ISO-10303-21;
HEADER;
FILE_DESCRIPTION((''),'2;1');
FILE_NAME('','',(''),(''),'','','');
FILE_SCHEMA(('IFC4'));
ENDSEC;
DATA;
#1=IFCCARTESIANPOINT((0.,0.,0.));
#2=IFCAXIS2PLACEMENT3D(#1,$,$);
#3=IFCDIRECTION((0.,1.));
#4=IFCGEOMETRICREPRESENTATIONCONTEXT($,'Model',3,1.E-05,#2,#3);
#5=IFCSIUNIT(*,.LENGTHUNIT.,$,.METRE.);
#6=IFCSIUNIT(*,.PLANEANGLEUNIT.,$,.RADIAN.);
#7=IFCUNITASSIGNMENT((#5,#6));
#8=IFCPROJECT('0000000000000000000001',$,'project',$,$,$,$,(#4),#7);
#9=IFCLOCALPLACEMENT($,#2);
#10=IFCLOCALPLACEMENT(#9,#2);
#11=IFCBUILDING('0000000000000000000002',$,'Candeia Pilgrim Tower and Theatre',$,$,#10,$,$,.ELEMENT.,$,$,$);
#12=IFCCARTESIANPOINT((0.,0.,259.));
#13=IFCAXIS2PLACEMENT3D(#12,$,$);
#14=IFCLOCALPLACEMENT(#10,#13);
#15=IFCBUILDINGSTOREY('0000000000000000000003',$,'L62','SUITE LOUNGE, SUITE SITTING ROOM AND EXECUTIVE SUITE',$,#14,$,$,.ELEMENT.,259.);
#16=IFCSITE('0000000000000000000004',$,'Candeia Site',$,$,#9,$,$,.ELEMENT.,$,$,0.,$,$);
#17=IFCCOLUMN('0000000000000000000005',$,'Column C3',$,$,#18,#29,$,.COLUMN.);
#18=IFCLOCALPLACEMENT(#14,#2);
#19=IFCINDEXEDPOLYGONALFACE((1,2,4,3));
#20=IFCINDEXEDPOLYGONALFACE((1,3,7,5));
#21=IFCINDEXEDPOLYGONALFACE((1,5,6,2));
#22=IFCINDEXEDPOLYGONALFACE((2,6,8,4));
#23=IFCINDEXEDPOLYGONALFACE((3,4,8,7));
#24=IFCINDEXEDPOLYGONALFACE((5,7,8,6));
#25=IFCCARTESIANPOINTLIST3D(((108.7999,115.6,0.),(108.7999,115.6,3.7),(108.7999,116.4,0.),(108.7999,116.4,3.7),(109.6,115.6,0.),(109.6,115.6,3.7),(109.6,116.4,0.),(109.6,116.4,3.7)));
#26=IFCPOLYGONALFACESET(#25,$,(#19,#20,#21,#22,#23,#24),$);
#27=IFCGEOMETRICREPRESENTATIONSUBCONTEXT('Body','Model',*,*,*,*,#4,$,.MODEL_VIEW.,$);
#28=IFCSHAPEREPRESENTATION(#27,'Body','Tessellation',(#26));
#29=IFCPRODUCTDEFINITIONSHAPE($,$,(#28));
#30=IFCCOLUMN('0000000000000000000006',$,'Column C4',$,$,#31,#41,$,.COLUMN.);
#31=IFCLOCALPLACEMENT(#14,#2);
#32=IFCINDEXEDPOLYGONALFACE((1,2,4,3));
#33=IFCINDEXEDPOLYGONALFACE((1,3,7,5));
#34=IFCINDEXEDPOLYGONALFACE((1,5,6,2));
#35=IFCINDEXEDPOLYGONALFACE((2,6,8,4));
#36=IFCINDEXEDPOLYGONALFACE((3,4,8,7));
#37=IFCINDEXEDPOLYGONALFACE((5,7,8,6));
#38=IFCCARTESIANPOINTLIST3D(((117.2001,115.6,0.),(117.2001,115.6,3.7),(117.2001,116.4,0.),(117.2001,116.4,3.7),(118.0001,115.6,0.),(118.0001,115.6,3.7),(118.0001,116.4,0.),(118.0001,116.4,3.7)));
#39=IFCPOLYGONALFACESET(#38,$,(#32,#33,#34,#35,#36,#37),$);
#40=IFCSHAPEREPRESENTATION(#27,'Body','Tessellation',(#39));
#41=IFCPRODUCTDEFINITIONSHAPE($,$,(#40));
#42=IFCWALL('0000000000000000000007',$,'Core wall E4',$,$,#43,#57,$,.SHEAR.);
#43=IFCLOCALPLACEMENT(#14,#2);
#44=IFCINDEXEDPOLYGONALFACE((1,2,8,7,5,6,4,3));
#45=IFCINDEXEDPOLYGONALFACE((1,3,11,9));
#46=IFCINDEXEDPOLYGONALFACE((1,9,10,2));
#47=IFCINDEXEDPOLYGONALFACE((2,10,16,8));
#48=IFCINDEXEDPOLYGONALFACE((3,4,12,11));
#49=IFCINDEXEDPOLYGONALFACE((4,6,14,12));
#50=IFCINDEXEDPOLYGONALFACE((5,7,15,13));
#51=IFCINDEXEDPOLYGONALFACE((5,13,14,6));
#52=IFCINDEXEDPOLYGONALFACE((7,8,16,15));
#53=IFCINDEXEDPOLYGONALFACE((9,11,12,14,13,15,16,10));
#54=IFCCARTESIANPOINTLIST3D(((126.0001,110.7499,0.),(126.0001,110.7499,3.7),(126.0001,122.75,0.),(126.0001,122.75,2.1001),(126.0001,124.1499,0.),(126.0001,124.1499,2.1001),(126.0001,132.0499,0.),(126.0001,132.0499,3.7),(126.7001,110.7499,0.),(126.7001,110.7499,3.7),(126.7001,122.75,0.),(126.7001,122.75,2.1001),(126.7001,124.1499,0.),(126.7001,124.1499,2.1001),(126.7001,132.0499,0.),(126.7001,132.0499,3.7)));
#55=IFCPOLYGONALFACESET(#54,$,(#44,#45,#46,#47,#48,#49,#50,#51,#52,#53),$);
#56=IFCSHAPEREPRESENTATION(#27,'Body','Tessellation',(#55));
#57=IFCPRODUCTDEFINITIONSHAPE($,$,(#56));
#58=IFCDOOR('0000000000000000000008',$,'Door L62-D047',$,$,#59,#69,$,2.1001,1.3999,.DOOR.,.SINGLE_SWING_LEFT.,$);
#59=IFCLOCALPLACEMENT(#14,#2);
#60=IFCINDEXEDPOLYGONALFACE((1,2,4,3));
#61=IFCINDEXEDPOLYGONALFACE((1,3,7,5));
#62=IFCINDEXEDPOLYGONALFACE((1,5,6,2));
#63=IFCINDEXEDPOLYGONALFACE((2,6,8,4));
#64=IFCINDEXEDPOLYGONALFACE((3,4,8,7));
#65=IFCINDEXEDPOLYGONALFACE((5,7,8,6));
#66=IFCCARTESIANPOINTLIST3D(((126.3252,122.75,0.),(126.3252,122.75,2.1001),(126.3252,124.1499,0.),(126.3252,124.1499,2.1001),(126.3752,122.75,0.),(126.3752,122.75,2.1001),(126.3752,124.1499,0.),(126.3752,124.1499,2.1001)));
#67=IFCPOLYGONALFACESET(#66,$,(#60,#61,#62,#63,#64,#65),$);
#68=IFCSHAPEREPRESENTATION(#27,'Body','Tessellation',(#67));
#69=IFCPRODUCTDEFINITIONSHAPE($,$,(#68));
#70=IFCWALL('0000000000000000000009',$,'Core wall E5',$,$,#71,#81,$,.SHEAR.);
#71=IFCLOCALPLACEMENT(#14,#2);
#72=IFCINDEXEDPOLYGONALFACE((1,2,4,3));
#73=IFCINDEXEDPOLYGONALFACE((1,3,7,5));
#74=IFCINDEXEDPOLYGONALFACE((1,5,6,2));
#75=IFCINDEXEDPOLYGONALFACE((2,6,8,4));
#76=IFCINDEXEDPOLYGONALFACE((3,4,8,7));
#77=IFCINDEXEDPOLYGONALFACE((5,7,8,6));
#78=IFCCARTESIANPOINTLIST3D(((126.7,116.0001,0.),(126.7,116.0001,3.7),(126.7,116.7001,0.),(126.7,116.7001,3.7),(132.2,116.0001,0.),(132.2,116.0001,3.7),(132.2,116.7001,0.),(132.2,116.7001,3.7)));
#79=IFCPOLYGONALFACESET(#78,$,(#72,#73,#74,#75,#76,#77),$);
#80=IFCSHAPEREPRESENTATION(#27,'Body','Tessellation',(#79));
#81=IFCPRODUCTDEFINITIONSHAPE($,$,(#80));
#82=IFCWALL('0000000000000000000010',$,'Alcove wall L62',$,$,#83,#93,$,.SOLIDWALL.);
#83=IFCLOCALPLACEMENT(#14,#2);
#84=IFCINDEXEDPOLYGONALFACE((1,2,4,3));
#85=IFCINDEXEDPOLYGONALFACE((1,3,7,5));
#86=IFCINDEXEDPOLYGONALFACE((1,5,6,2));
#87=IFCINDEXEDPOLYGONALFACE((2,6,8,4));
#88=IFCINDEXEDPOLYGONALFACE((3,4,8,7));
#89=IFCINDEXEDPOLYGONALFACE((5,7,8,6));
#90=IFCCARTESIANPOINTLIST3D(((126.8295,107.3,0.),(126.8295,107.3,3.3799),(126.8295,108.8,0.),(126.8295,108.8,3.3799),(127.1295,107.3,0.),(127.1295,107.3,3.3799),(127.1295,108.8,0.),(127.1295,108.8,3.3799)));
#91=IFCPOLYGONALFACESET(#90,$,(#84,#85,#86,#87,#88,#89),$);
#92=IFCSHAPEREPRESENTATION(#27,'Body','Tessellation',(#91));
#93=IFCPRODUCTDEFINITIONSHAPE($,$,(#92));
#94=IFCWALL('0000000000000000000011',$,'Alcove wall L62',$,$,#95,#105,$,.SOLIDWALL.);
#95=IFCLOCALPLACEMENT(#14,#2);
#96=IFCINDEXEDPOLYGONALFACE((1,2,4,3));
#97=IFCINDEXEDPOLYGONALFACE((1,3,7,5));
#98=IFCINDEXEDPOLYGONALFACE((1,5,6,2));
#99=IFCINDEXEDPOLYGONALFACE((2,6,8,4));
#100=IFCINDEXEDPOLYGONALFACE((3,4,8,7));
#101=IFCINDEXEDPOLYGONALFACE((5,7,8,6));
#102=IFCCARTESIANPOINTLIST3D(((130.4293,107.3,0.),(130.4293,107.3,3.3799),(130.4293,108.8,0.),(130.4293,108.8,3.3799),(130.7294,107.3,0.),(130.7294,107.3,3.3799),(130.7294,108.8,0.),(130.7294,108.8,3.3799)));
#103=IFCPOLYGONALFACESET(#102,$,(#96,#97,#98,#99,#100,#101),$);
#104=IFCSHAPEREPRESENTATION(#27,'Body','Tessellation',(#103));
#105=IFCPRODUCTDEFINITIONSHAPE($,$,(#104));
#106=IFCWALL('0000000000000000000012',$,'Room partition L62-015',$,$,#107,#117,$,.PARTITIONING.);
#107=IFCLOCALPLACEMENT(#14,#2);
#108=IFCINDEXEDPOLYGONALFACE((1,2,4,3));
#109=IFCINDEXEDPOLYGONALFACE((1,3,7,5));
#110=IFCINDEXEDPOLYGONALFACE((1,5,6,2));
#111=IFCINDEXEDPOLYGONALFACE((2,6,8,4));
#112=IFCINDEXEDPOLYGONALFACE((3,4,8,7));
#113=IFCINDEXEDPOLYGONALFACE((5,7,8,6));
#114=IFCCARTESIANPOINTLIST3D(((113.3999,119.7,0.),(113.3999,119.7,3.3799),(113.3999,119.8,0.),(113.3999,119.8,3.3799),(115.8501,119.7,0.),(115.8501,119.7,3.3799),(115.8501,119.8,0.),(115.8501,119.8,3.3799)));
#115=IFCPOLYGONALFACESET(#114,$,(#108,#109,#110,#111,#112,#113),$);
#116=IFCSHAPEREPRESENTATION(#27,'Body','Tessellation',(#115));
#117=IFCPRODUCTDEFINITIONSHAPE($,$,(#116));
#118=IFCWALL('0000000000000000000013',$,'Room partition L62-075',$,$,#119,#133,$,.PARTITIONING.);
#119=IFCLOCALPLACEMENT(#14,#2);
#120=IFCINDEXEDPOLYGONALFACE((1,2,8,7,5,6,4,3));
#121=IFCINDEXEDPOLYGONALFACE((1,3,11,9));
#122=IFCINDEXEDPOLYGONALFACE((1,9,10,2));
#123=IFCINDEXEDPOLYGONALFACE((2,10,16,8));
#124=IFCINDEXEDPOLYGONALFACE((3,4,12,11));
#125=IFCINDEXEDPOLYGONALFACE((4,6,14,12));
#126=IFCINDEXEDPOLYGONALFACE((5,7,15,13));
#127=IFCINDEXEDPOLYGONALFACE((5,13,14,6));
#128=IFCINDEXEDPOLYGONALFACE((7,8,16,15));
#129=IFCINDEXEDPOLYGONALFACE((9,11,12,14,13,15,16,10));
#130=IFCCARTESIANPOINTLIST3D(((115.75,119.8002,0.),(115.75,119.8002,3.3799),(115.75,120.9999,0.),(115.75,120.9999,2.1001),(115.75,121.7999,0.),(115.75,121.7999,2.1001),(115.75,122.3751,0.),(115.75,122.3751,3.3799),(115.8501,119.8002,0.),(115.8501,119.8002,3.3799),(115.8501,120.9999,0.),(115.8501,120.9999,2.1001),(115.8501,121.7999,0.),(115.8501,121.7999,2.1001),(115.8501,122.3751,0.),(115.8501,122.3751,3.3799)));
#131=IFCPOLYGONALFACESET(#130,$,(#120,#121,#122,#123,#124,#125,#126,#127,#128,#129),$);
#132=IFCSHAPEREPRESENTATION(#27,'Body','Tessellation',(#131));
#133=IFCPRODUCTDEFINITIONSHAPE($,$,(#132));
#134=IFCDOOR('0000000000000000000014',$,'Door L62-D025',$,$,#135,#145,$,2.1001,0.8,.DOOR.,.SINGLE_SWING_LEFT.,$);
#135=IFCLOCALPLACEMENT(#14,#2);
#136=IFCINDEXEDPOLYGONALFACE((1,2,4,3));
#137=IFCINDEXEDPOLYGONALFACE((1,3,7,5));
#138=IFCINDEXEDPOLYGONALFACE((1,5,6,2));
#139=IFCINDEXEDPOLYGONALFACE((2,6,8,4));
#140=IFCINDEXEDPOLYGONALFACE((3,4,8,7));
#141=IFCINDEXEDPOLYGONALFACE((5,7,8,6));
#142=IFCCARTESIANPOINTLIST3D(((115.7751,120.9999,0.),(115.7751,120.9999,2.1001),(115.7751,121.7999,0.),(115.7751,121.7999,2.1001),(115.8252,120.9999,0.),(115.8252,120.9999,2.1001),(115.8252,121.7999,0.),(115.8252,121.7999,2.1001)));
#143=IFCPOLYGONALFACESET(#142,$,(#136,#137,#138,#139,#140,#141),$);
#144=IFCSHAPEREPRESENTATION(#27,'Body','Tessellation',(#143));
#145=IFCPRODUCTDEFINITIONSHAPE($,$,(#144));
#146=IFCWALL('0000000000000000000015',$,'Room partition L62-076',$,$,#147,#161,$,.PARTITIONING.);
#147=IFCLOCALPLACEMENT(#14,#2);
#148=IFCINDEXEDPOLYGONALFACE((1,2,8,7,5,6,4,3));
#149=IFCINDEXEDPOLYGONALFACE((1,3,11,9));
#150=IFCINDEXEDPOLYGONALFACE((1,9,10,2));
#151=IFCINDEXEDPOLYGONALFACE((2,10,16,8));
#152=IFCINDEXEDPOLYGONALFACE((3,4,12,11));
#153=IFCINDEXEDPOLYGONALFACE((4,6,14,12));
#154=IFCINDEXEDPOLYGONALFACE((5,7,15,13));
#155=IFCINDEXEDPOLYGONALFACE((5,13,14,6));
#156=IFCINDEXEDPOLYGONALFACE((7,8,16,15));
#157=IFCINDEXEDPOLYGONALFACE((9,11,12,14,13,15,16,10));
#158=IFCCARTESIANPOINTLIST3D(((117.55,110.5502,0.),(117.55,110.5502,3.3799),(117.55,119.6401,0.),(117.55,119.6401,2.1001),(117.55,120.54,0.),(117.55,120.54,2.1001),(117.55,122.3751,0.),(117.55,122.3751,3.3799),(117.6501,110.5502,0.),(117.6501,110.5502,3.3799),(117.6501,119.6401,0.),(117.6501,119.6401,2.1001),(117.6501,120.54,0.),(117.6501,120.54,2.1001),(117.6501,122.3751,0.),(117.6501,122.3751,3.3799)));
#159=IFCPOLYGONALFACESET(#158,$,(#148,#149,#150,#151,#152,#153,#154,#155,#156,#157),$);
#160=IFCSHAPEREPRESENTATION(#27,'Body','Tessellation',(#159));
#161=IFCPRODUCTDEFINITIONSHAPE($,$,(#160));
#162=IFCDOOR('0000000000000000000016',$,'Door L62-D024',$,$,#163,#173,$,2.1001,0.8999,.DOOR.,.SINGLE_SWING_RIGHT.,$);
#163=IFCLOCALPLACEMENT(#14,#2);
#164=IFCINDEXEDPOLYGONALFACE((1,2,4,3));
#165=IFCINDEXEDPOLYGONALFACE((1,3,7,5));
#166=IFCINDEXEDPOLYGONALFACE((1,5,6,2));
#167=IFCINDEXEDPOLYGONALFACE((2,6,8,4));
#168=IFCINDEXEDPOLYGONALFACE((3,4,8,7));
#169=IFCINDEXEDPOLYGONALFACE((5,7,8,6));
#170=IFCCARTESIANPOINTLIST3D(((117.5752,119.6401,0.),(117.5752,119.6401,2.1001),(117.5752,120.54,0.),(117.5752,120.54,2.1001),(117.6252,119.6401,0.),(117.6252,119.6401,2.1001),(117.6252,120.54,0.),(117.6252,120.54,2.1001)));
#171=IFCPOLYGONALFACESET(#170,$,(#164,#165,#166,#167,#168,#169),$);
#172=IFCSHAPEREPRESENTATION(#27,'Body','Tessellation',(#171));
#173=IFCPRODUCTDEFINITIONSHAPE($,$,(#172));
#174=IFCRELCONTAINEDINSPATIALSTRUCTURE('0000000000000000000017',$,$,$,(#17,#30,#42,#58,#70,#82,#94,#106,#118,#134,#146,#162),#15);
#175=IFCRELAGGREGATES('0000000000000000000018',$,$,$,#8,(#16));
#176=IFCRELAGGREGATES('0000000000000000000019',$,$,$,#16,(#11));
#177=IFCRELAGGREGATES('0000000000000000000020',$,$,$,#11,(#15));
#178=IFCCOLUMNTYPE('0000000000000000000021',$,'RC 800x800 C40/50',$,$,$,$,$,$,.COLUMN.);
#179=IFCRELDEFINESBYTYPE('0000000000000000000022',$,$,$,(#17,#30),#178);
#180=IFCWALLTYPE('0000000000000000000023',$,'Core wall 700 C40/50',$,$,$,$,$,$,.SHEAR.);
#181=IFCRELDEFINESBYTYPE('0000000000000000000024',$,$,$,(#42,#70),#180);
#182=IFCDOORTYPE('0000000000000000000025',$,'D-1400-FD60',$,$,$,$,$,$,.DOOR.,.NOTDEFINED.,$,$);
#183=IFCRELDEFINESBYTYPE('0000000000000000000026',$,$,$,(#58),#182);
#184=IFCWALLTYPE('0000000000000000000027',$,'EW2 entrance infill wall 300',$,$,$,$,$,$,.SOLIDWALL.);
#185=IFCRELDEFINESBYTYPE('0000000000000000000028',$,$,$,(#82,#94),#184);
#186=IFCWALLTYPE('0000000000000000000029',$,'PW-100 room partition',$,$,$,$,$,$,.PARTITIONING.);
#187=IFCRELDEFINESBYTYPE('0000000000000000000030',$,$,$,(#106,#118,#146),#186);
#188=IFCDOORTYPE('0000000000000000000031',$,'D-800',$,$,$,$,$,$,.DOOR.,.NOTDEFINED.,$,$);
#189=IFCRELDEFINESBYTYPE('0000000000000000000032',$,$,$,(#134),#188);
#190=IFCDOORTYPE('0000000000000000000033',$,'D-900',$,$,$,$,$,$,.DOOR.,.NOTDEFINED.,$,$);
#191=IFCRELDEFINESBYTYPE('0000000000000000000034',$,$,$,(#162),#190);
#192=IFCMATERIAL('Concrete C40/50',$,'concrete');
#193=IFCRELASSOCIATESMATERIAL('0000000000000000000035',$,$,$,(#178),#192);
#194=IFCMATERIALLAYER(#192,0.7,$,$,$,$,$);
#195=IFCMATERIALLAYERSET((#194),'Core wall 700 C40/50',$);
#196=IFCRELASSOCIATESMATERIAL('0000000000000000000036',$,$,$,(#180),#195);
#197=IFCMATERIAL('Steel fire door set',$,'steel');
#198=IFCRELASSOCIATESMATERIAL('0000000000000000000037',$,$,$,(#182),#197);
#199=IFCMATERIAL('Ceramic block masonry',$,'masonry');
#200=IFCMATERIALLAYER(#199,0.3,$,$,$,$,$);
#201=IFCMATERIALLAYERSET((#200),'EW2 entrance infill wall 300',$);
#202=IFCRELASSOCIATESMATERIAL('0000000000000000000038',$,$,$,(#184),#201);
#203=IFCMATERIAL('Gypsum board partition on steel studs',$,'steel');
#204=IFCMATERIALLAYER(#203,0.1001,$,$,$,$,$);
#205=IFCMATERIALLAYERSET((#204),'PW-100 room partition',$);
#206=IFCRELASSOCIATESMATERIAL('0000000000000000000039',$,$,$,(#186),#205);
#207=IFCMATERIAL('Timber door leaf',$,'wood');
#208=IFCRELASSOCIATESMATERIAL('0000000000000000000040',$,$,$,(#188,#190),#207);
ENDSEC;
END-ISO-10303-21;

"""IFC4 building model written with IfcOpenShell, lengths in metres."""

from ifc_helpers import new_model, si_unit, direction, frame, frame_2d, origin, origin_2d, place, context, subcontext, project, spatial, rectangle, extrude, material, layer, layer_set, material_profile, profile_set, type_object, element, fill, save


model = new_model("IFC4")

# Units and contexts
model_context = context("Model", 3, precision=1e-05, world=origin(), true_north=direction((0.0, 1.0)))
body_context = subcontext(model_context, "Body", "Model", "MODEL_VIEW")
ifc_project = project(units=[si_unit("LENGTHUNIT", "METRE"), si_unit("PLANEANGLEUNIT", "RADIAN")], contexts=[model_context])

# Site, building, storey
site_placement = place(None, origin())
site = spatial("IfcSite", under=ifc_project, at=site_placement, Name="Candeia Site", CompositionType="ELEMENT", RefElevation=0.0)
building_placement = place(site_placement, origin())
building = spatial("IfcBuilding", under=site, at=building_placement, Name="Candeia Pilgrim Tower and Theatre", CompositionType="ELEMENT")
storey_placement = place(building_placement, frame((0.0, 0.0, 259.0)))
storey = spatial("IfcBuildingStorey", under=building, at=storey_placement, Name="L62", Description="SUITE LOUNGE, SUITE SITTING ROOM AND EXECUTIVE SUITE", CompositionType="ELEMENT", Elevation=259.0)

# Columns
ifc_material_1 = material(Name="Concrete C40/50", Category="concrete")
ifc_material_profile = material_profile(ifc_material_1, rectangle(XDim=0.8, YDim=0.8, at=origin_2d()))
ifc_profile_set = profile_set([ifc_material_profile], Name="Concrete C40/50")
column_type = type_object("IfcColumnType", Name="RC 800x800 C40/50", PredefinedType="COLUMN", material=ifc_profile_set)
for number, where, z_axis, x_axis, name in (
    (1, (109.2, 116.0, 0.0), (0.0, 0.0, 1.0), (1.0, 0.0, 0.0), "Column C3"),
    (2, (117.6001, 116.0, 0.0), (0.0, 0.0, 1.0), (1.0, 0.0, 0.0), "Column C4"),
):
    element("IfcColumn", number, at=place(storey_placement, frame(where, z_axis=z_axis, x_axis=x_axis)), inside=storey, type_object=column_type, Name=name, PredefinedType="COLUMN", context=body_context, shape_type="SweptSolid", body=[
        extrude(rectangle(XDim=0.8, YDim=0.8, at=origin_2d()), origin(), (0.0, 0.0, 1.0), 3.7),
    ])

# Wall, opening, door
ifc_layer_1 = layer(ifc_material_1, 0.7)
ifc_layer_set_1 = layer_set([ifc_layer_1], Name="Core wall 700 C40/50")
wall_type_1 = type_object("IfcWallType", Name="Core wall 700 C40/50", PredefinedType="SHEAR", material=ifc_layer_set_1)
wall_1_placement = place(storey_placement, frame((126.3501, 110.75, 0.0), z_axis=(0.0, 0.0, 1.0), x_axis=(0.0, 1.0, 0.0)))
wall_1 = element("IfcWall", 3, at=wall_1_placement, inside=storey, type_object=wall_type_1, Name="Core wall E4", PredefinedType="SHEAR", context=body_context, shape_type="SweptSolid", body=[
    extrude(rectangle(XDim=21.3, YDim=0.7, at=frame_2d((10.6499, 0.0))), origin(), (0.0, 0.0, 1.0), 3.7),
])
opening_1_placement = place(wall_1_placement, frame((12.0, 0.0, 0.0)))
opening_1 = element("IfcOpeningElement", 4, at=opening_1_placement, cuts=wall_1, PredefinedType="OPENING", context=body_context, shape_type="SweptSolid", body=[
    extrude(rectangle(XDim=1.3999, YDim=2.1001, at=frame_2d((0.7, 1.05))), frame((0.0, 0.3599, 0.0), z_axis=(0.0, -1.0, 0.0), x_axis=(1.0, 0.0, 0.0)), (0.0, 0.0, 1.0), 0.72),
])
ifc_material_2 = material(Name="Steel fire door set", Category="steel")
door_type_1 = type_object("IfcDoorType", Name="D-1400-FD60", OperationType="NOTDEFINED", PredefinedType="DOOR", material=ifc_material_2)
door_1_placement = place(opening_1_placement, origin())
door_1 = element("IfcDoor", 5, at=door_1_placement, inside=storey, type_object=door_type_1, Name="Door L62-D047", OperationType="SINGLE_SWING_LEFT", OverallHeight=2.1001, OverallWidth=1.3999, PredefinedType="DOOR", context=body_context, shape_type="SweptSolid", body=[
    extrude(rectangle(XDim=1.3999, YDim=2.1001, at=frame_2d((0.7, 1.05))), frame((0.0, 0.0249, 0.0), z_axis=(0.0, -1.0, 0.0), x_axis=(1.0, 0.0, 0.0)), (0.0, 0.0, 1.0), 0.05),
])
fill(opening_1, door_1)

# Walls
wall_2_placement = place(storey_placement, frame((126.7, 116.3501, 0.0), z_axis=(0.0, 0.0, 1.0), x_axis=(1.0, 0.0, 0.0)))
element("IfcWall", 6, at=wall_2_placement, inside=storey, type_object=wall_type_1, Name="Core wall E5", PredefinedType="SHEAR", context=body_context, shape_type="SweptSolid", body=[
    extrude(rectangle(XDim=5.5, YDim=0.7, at=frame_2d((2.75, 0.0))), origin(), (0.0, 0.0, 1.0), 3.7),
])
ifc_material_3 = material(Name="Ceramic block masonry", Category="masonry")
ifc_layer_2 = layer(ifc_material_3, 0.3)
ifc_layer_set_2 = layer_set([ifc_layer_2], Name="EW2 entrance infill wall 300")
wall_type_2 = type_object("IfcWallType", Name="EW2 entrance infill wall 300", PredefinedType="SOLIDWALL", material=ifc_layer_set_2)
for number, where, z_axis, x_axis, name in (
    (7, (126.9795, 108.8, 0.0), (0.0, 0.0, 1.0), (0.0, -1.0, 0.0), "Alcove wall L62"),
    (8, (130.5793, 108.8, 0.0), (0.0, 0.0, 1.0), (0.0, -1.0, 0.0), "Alcove wall L62"),
):
    element("IfcWall", number, at=place(storey_placement, frame(where, z_axis=z_axis, x_axis=x_axis)), inside=storey, type_object=wall_type_2, Name=name, PredefinedType="SOLIDWALL", context=body_context, shape_type="SweptSolid", body=[
        extrude(rectangle(XDim=1.5, YDim=0.3, at=frame_2d((0.75, 0.0))), origin(), (0.0, 0.0, 1.0), 3.3799),
    ])
ifc_material_4 = material(Name="Gypsum board partition on steel studs", Category="steel")
ifc_layer_3 = layer(ifc_material_4, 0.1001)
ifc_layer_set_3 = layer_set([ifc_layer_3], Name="PW-100 room partition")
wall_type_3 = type_object("IfcWallType", Name="PW-100 room partition", PredefinedType="PARTITIONING", material=ifc_layer_set_3)
wall_3_placement = place(storey_placement, frame((113.3999, 119.75, 0.0), z_axis=(0.0, 0.0, 1.0), x_axis=(1.0, 0.0, 0.0)))
element("IfcWall", 9, at=wall_3_placement, inside=storey, type_object=wall_type_3, Name="Room partition L62-015", PredefinedType="PARTITIONING", context=body_context, shape_type="SweptSolid", body=[
    extrude(rectangle(XDim=2.4502, YDim=0.1001, at=frame_2d((1.2251, 0.0))), origin(), (0.0, 0.0, 1.0), 3.3799),
])

# Walls, openings, doors
wall_4_placement = place(storey_placement, frame((115.8, 119.8, 0.0), z_axis=(0.0, 0.0, 1.0), x_axis=(0.0, 1.0, 0.0)))
wall_4 = element("IfcWall", 10, at=wall_4_placement, inside=storey, type_object=wall_type_3, Name="Room partition L62-075", PredefinedType="PARTITIONING", context=body_context, shape_type="SweptSolid", body=[
    extrude(rectangle(XDim=2.575, YDim=0.1001, at=frame_2d((1.2876, 0.0))), origin(), (0.0, 0.0, 1.0), 3.3799),
])
opening_2_placement = place(wall_4_placement, frame((1.2, 0.0, 0.0)))
opening_2 = element("IfcOpeningElement", 11, at=opening_2_placement, cuts=wall_4, PredefinedType="OPENING", context=body_context, shape_type="SweptSolid", body=[
    extrude(rectangle(XDim=0.8, YDim=2.1001, at=frame_2d((0.3999, 1.05))), frame((0.0, 0.0601, 0.0), z_axis=(0.0, -1.0, 0.0), x_axis=(1.0, 0.0, 0.0)), (0.0, 0.0, 1.0), 0.1201),
])
ifc_material_5 = material(Name="Timber door leaf", Category="wood")
door_type_2 = type_object("IfcDoorType", Name="D-800", OperationType="NOTDEFINED", PredefinedType="DOOR", material=ifc_material_5)
door_2_placement = place(opening_2_placement, origin())
door_2 = element("IfcDoor", 12, at=door_2_placement, inside=storey, type_object=door_type_2, Name="Door L62-D025", OperationType="SINGLE_SWING_LEFT", OverallHeight=2.1001, OverallWidth=0.8, PredefinedType="DOOR", context=body_context, shape_type="SweptSolid", body=[
    extrude(rectangle(XDim=0.8, YDim=2.1001, at=frame_2d((0.3999, 1.05))), frame((0.0, 0.0249, 0.0), z_axis=(0.0, -1.0, 0.0), x_axis=(1.0, 0.0, 0.0)), (0.0, 0.0, 1.0), 0.05),
])
fill(opening_2, door_2)
wall_5_placement = place(storey_placement, frame((117.6001, 110.55, 0.0), z_axis=(0.0, 0.0, 1.0), x_axis=(0.0, 1.0, 0.0)))
wall_5 = element("IfcWall", 13, at=wall_5_placement, inside=storey, type_object=wall_type_3, Name="Room partition L62-076", PredefinedType="PARTITIONING", context=body_context, shape_type="SweptSolid", body=[
    extrude(rectangle(XDim=11.825, YDim=0.1001, at=frame_2d((5.9126, 0.0))), origin(), (0.0, 0.0, 1.0), 3.3799),
])
opening_3_placement = place(wall_5_placement, frame((9.0901, 0.0, 0.0)))
opening_3 = element("IfcOpeningElement", 14, at=opening_3_placement, cuts=wall_5, PredefinedType="OPENING", context=body_context, shape_type="SweptSolid", body=[
    extrude(rectangle(XDim=0.8999, YDim=2.1001, at=frame_2d((0.45, 1.05))), frame((0.0, 0.0601, 0.0), z_axis=(0.0, -1.0, 0.0), x_axis=(1.0, 0.0, 0.0)), (0.0, 0.0, 1.0), 0.1201),
])
door_type_3 = type_object("IfcDoorType", Name="D-900", OperationType="NOTDEFINED", PredefinedType="DOOR", material=ifc_material_5)
door_3_placement = place(opening_3_placement, origin())
door_3 = element("IfcDoor", 15, at=door_3_placement, inside=storey, type_object=door_type_3, Name="Door L62-D024", OperationType="SINGLE_SWING_RIGHT", OverallHeight=2.1001, OverallWidth=0.8999, PredefinedType="DOOR", context=body_context, shape_type="SweptSolid", body=[
    extrude(rectangle(XDim=0.8999, YDim=2.1001, at=frame_2d((0.45, 1.05))), frame((0.0, 0.0249, 0.0), z_axis=(0.0, -1.0, 0.0), x_axis=(1.0, 0.0, 0.0)), (0.0, 0.0, 1.0), 0.05),
])
fill(opening_3, door_3)

save(model, "model.ifc")
